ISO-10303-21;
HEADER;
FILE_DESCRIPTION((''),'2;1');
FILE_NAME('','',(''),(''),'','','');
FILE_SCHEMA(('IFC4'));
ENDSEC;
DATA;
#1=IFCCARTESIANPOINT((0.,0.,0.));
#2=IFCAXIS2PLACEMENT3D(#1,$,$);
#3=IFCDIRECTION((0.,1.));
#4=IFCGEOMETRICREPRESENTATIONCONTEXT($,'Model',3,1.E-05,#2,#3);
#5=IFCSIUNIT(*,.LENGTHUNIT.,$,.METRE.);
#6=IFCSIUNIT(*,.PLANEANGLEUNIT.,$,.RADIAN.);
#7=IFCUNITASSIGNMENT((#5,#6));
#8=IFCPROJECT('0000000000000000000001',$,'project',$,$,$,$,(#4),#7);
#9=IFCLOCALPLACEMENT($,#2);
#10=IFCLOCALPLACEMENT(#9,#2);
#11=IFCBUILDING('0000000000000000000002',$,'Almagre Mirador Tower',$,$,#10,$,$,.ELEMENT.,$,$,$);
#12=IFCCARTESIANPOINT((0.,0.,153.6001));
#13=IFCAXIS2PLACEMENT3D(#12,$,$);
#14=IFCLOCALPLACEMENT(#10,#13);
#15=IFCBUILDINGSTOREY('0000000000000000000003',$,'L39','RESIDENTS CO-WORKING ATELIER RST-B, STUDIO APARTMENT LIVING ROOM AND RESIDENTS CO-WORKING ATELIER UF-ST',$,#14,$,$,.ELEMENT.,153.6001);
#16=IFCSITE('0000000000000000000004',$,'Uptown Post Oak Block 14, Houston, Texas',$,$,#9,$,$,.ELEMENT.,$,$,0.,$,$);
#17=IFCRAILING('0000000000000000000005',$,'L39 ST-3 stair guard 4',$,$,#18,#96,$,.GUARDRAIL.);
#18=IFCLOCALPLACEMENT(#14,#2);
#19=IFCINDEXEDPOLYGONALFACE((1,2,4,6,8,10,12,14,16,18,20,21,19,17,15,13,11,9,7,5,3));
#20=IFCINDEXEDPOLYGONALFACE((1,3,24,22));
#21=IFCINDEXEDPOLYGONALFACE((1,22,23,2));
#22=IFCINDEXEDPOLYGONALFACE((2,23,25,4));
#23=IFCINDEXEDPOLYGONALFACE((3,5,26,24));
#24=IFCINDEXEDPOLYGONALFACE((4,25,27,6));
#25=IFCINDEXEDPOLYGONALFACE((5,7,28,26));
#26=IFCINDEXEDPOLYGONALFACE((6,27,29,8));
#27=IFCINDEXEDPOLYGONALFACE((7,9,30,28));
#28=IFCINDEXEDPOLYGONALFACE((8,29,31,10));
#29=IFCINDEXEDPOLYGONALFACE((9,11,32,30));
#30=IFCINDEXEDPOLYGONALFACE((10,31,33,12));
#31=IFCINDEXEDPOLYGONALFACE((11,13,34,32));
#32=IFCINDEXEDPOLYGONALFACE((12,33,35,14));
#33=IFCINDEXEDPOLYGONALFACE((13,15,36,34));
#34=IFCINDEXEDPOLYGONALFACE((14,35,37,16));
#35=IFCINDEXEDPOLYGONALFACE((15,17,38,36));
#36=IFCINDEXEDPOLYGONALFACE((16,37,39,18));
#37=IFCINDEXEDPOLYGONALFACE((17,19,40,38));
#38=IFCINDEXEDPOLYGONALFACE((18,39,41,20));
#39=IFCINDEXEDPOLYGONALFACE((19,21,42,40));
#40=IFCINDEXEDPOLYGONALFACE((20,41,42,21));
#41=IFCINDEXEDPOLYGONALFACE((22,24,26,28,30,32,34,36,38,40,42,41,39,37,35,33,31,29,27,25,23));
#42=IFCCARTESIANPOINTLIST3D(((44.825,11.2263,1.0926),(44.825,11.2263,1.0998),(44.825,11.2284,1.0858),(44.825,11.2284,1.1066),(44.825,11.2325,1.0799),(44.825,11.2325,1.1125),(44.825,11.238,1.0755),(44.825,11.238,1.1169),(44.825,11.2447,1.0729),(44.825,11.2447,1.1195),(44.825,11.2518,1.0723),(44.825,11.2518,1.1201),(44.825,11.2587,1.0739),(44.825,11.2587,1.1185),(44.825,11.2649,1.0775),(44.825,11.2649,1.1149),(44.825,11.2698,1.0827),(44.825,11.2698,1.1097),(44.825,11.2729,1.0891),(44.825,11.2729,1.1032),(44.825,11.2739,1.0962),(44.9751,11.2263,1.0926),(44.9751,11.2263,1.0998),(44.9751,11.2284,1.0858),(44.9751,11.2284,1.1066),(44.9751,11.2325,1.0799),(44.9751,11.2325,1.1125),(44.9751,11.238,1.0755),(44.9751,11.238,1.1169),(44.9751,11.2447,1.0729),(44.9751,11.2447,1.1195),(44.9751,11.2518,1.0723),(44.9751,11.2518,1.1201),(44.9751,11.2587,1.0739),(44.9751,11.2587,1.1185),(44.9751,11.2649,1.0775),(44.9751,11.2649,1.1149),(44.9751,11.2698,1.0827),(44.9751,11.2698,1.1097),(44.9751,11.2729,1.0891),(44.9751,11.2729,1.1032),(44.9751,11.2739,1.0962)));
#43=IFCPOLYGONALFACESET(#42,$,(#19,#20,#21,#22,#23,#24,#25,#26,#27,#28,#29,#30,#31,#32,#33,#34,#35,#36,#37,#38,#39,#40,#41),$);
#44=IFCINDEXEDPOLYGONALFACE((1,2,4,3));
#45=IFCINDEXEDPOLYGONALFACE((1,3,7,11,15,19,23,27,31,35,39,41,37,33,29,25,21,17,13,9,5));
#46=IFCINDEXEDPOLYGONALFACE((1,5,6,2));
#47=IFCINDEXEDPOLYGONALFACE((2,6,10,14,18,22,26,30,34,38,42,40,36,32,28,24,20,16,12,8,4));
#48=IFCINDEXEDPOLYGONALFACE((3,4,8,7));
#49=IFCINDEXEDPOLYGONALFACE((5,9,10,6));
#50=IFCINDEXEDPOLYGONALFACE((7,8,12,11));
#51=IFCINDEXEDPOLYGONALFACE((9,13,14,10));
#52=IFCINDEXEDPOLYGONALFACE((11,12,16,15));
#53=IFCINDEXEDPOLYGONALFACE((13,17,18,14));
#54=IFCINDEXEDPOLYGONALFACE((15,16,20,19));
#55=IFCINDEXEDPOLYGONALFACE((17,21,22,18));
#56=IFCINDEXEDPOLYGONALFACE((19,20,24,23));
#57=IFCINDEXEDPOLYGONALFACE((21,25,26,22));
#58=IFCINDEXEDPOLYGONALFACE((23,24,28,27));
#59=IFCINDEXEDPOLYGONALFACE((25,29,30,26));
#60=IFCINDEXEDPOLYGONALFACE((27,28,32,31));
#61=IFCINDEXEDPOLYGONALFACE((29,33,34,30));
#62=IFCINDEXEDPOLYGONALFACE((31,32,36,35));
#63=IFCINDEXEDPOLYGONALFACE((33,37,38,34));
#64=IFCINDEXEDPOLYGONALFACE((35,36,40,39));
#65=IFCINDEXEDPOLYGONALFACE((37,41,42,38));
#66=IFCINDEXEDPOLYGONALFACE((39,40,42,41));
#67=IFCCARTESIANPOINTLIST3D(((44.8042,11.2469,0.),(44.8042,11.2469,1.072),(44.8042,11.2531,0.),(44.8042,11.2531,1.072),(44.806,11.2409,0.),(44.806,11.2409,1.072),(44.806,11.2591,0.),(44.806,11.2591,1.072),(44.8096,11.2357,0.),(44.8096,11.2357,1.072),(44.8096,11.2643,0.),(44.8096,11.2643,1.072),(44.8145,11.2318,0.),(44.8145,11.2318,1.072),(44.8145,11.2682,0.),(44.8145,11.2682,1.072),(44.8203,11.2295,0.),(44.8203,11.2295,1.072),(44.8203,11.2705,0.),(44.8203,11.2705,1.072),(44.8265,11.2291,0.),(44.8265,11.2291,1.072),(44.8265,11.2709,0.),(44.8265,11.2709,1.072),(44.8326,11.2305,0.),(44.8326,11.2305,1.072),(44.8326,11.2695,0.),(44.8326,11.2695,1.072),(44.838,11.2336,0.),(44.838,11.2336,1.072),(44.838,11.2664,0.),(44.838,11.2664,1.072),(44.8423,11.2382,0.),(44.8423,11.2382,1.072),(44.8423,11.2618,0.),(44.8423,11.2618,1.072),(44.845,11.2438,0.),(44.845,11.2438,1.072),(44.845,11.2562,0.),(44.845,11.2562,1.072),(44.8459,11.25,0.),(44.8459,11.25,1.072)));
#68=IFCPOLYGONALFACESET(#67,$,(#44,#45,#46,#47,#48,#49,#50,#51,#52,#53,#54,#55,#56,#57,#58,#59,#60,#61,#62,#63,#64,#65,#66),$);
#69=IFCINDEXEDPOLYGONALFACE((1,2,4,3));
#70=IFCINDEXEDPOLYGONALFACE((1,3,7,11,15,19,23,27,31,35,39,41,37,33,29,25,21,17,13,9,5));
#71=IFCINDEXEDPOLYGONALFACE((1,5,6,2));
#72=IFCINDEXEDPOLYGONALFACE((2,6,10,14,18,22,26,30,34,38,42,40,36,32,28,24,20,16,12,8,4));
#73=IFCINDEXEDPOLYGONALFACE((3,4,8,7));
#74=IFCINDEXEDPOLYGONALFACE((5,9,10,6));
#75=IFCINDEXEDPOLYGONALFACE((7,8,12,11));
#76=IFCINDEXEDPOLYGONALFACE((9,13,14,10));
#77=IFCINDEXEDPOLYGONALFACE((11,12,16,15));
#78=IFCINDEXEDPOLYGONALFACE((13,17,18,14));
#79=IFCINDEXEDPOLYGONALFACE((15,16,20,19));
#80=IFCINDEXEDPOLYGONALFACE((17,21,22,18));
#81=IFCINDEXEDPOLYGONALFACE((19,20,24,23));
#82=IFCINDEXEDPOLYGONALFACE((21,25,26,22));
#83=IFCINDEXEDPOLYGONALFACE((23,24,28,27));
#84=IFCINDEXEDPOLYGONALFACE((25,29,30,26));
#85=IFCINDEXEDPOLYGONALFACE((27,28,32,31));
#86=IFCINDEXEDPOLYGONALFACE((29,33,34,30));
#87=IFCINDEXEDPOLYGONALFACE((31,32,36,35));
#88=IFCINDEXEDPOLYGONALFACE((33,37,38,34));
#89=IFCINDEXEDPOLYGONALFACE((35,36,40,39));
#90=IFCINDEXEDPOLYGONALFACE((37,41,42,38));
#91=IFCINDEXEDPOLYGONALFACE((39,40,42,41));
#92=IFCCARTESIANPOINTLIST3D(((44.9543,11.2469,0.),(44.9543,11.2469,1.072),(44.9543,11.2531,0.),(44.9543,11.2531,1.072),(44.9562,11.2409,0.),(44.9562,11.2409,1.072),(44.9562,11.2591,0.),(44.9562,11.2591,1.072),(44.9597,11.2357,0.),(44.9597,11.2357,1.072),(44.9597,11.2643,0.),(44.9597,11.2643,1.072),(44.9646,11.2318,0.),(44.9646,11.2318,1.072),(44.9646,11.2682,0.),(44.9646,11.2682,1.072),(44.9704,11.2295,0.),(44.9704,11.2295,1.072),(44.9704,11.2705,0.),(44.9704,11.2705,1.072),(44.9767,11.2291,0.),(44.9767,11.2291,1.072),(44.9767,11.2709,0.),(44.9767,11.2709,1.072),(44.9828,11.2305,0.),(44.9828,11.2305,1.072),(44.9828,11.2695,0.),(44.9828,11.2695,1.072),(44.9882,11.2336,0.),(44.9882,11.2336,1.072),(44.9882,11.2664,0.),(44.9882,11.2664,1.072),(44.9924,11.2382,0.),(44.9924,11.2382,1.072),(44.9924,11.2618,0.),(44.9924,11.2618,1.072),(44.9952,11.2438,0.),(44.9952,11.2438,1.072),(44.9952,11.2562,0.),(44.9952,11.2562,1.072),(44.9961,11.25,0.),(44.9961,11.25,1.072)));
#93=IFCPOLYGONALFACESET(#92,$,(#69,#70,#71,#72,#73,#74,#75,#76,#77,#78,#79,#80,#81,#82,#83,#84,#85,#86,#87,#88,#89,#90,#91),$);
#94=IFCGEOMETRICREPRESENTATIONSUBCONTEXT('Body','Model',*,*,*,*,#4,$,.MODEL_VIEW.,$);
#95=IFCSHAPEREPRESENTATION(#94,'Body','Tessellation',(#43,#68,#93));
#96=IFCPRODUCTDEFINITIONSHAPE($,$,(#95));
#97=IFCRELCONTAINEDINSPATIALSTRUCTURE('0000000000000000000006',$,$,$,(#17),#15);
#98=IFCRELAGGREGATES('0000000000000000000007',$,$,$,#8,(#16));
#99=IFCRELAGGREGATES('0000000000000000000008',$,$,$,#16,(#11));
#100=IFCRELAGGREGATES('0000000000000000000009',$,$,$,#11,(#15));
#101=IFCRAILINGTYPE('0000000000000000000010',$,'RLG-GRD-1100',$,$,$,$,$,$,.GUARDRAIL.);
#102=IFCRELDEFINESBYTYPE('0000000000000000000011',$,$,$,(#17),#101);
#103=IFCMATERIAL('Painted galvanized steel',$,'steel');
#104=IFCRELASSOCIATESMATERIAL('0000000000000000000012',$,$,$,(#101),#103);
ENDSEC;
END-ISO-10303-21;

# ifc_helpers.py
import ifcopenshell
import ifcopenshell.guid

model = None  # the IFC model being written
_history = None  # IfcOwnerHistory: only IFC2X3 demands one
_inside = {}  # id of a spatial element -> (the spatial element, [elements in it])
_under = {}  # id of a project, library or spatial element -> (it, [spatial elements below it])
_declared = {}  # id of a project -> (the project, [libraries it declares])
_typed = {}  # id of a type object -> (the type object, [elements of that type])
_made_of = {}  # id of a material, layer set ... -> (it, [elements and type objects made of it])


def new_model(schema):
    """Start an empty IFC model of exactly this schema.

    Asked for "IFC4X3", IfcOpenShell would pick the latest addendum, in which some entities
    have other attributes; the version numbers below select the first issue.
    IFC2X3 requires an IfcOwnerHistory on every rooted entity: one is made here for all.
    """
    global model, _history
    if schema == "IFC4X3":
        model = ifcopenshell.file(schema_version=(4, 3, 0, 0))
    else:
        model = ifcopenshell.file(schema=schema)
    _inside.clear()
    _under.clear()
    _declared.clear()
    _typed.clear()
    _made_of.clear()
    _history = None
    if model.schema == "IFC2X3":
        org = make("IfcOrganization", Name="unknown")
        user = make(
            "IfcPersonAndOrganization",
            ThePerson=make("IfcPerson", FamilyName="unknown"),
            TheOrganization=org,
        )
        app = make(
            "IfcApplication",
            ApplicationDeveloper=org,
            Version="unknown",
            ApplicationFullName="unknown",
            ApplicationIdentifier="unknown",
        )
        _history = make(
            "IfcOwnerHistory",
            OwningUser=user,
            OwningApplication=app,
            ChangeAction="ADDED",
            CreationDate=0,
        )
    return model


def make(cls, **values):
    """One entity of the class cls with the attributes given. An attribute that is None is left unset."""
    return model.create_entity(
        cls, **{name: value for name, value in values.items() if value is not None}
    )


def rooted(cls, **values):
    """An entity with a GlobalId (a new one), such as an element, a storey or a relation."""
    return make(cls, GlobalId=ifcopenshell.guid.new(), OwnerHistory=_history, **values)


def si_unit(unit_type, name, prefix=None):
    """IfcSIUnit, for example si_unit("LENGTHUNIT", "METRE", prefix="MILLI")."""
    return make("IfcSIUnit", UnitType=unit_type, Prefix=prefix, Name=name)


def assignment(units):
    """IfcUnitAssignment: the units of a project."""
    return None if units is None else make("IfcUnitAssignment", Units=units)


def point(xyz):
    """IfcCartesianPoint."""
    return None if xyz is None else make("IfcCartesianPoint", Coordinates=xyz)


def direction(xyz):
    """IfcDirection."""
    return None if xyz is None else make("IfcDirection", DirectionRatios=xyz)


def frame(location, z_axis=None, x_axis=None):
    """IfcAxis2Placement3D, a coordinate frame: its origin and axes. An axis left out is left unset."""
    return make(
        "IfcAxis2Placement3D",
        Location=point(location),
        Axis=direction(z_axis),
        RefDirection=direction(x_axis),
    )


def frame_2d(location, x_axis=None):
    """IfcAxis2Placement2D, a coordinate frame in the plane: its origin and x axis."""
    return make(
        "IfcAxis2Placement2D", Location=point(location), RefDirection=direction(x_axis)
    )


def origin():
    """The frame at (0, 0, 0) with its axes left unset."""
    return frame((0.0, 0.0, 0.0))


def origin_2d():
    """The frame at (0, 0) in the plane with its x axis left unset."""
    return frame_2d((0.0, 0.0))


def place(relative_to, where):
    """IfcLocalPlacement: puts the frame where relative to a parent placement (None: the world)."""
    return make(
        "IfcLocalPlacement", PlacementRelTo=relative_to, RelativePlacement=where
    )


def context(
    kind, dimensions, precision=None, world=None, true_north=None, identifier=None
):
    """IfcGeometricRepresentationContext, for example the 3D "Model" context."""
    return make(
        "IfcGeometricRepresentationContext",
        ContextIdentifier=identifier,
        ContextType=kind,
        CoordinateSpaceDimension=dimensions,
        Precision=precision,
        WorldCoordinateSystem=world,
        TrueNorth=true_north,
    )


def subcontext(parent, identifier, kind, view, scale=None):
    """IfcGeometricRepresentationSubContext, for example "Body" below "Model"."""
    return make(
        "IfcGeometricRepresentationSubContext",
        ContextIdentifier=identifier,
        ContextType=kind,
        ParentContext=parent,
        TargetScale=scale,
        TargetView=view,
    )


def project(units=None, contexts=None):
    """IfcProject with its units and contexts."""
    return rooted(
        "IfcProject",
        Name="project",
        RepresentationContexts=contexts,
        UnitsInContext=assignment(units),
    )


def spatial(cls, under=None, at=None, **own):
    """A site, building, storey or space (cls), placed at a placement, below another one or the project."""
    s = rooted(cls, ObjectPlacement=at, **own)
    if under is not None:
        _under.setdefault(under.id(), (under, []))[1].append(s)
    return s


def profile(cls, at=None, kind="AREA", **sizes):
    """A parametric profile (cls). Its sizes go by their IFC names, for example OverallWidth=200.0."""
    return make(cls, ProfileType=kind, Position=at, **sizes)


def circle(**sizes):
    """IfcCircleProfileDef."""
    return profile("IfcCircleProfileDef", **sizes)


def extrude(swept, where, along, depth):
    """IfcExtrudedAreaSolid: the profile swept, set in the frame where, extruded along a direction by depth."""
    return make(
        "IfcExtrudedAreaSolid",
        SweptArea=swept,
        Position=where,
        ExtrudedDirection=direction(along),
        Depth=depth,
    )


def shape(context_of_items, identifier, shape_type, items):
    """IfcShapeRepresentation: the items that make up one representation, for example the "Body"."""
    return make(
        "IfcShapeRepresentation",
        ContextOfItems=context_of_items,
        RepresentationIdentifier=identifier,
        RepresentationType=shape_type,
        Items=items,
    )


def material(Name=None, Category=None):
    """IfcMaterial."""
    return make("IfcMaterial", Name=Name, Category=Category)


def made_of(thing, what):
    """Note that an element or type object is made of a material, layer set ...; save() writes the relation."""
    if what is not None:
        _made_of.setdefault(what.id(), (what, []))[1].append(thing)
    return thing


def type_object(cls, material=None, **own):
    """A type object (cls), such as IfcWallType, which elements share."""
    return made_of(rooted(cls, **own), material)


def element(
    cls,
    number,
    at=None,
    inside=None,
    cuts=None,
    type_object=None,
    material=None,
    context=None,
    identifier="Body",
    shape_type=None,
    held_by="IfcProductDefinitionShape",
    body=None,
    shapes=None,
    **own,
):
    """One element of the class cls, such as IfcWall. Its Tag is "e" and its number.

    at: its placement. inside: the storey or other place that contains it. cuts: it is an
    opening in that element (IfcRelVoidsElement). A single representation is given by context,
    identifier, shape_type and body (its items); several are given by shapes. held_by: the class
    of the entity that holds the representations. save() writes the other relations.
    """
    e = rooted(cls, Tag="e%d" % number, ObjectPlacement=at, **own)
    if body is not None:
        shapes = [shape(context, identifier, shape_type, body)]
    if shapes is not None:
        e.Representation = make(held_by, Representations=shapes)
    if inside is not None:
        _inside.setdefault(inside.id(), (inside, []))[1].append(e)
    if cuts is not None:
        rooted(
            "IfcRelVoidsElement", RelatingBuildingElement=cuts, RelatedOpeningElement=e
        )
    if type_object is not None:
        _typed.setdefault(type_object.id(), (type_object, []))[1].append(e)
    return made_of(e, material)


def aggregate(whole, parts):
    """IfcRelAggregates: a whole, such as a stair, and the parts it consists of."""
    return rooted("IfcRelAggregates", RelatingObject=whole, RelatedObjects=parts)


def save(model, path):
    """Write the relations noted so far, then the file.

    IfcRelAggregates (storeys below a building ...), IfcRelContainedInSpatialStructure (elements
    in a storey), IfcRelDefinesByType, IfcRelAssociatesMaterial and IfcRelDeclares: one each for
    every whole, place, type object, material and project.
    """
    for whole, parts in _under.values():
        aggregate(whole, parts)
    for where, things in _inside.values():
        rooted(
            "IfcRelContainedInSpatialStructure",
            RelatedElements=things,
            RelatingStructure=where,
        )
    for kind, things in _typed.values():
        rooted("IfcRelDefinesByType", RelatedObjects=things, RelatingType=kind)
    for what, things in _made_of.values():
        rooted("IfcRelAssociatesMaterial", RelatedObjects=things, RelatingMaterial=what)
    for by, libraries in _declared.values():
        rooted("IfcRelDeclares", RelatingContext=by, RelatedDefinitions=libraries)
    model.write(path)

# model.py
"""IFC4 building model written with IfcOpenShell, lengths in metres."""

from ifc_helpers import new_model, si_unit, direction, frame, origin, origin_2d, place, context, subcontext, project, spatial, circle, extrude, material, type_object, element, save


model = new_model("IFC4")

# Units and contexts
model_context = context("Model", 3, precision=1e-05, world=origin(), true_north=direction((0.0, 1.0)))
body_context = subcontext(model_context, "Body", "Model", "MODEL_VIEW")
ifc_project = project(units=[si_unit("LENGTHUNIT", "METRE"), si_unit("PLANEANGLEUNIT", "RADIAN")], contexts=[model_context])

# Site, building, storey
site_placement = place(None, origin())
site = spatial("IfcSite", under=ifc_project, at=site_placement, Name="Uptown Post Oak Block 14, Houston, Texas", CompositionType="ELEMENT", RefElevation=0.0)
building_placement = place(site_placement, origin())
building = spatial("IfcBuilding", under=site, at=building_placement, Name="Almagre Mirador Tower", CompositionType="ELEMENT")
storey_placement = place(building_placement, frame((0.0, 0.0, 153.6001)))
storey = spatial("IfcBuildingStorey", under=building, at=storey_placement, Name="L39", Description="RESIDENTS CO-WORKING ATELIER RST-B, STUDIO APARTMENT LIVING ROOM AND RESIDENTS CO-WORKING ATELIER UF-ST", CompositionType="ELEMENT", Elevation=153.6001)

# Railing
ifc_material_1 = material(Name="Painted galvanized steel", Category="steel")
railing_type_1 = type_object("IfcRailingType", Name="RLG-GRD-1100", PredefinedType="GUARDRAIL", material=ifc_material_1)
railing_1_placement = place(storey_placement, frame((44.825, 11.25, 0.0)))
element("IfcRailing", 1, at=railing_1_placement, inside=storey, type_object=railing_type_1, Name="L39 ST-3 stair guard 4", PredefinedType="GUARDRAIL", context=body_context, shape_type="SweptSolid", body=[
    extrude(circle(Radius=0.0239, at=origin_2d()), frame((0.0, 0.0, 1.0962), z_axis=(1.0, 0.0, 0.0), x_axis=(0.0, 1.0, 0.0)), (0.0, 0.0, 1.0), 0.1501),
    extrude(circle(Radius=0.021, at=origin_2d()), origin(), (0.0, 0.0, 1.0), 1.072),
    extrude(circle(Radius=0.021, at=origin_2d()), frame((0.1501, 0.0, 0.0)), (0.0, 0.0, 1.0), 1.072),
])

save(model, "model.ifc")
